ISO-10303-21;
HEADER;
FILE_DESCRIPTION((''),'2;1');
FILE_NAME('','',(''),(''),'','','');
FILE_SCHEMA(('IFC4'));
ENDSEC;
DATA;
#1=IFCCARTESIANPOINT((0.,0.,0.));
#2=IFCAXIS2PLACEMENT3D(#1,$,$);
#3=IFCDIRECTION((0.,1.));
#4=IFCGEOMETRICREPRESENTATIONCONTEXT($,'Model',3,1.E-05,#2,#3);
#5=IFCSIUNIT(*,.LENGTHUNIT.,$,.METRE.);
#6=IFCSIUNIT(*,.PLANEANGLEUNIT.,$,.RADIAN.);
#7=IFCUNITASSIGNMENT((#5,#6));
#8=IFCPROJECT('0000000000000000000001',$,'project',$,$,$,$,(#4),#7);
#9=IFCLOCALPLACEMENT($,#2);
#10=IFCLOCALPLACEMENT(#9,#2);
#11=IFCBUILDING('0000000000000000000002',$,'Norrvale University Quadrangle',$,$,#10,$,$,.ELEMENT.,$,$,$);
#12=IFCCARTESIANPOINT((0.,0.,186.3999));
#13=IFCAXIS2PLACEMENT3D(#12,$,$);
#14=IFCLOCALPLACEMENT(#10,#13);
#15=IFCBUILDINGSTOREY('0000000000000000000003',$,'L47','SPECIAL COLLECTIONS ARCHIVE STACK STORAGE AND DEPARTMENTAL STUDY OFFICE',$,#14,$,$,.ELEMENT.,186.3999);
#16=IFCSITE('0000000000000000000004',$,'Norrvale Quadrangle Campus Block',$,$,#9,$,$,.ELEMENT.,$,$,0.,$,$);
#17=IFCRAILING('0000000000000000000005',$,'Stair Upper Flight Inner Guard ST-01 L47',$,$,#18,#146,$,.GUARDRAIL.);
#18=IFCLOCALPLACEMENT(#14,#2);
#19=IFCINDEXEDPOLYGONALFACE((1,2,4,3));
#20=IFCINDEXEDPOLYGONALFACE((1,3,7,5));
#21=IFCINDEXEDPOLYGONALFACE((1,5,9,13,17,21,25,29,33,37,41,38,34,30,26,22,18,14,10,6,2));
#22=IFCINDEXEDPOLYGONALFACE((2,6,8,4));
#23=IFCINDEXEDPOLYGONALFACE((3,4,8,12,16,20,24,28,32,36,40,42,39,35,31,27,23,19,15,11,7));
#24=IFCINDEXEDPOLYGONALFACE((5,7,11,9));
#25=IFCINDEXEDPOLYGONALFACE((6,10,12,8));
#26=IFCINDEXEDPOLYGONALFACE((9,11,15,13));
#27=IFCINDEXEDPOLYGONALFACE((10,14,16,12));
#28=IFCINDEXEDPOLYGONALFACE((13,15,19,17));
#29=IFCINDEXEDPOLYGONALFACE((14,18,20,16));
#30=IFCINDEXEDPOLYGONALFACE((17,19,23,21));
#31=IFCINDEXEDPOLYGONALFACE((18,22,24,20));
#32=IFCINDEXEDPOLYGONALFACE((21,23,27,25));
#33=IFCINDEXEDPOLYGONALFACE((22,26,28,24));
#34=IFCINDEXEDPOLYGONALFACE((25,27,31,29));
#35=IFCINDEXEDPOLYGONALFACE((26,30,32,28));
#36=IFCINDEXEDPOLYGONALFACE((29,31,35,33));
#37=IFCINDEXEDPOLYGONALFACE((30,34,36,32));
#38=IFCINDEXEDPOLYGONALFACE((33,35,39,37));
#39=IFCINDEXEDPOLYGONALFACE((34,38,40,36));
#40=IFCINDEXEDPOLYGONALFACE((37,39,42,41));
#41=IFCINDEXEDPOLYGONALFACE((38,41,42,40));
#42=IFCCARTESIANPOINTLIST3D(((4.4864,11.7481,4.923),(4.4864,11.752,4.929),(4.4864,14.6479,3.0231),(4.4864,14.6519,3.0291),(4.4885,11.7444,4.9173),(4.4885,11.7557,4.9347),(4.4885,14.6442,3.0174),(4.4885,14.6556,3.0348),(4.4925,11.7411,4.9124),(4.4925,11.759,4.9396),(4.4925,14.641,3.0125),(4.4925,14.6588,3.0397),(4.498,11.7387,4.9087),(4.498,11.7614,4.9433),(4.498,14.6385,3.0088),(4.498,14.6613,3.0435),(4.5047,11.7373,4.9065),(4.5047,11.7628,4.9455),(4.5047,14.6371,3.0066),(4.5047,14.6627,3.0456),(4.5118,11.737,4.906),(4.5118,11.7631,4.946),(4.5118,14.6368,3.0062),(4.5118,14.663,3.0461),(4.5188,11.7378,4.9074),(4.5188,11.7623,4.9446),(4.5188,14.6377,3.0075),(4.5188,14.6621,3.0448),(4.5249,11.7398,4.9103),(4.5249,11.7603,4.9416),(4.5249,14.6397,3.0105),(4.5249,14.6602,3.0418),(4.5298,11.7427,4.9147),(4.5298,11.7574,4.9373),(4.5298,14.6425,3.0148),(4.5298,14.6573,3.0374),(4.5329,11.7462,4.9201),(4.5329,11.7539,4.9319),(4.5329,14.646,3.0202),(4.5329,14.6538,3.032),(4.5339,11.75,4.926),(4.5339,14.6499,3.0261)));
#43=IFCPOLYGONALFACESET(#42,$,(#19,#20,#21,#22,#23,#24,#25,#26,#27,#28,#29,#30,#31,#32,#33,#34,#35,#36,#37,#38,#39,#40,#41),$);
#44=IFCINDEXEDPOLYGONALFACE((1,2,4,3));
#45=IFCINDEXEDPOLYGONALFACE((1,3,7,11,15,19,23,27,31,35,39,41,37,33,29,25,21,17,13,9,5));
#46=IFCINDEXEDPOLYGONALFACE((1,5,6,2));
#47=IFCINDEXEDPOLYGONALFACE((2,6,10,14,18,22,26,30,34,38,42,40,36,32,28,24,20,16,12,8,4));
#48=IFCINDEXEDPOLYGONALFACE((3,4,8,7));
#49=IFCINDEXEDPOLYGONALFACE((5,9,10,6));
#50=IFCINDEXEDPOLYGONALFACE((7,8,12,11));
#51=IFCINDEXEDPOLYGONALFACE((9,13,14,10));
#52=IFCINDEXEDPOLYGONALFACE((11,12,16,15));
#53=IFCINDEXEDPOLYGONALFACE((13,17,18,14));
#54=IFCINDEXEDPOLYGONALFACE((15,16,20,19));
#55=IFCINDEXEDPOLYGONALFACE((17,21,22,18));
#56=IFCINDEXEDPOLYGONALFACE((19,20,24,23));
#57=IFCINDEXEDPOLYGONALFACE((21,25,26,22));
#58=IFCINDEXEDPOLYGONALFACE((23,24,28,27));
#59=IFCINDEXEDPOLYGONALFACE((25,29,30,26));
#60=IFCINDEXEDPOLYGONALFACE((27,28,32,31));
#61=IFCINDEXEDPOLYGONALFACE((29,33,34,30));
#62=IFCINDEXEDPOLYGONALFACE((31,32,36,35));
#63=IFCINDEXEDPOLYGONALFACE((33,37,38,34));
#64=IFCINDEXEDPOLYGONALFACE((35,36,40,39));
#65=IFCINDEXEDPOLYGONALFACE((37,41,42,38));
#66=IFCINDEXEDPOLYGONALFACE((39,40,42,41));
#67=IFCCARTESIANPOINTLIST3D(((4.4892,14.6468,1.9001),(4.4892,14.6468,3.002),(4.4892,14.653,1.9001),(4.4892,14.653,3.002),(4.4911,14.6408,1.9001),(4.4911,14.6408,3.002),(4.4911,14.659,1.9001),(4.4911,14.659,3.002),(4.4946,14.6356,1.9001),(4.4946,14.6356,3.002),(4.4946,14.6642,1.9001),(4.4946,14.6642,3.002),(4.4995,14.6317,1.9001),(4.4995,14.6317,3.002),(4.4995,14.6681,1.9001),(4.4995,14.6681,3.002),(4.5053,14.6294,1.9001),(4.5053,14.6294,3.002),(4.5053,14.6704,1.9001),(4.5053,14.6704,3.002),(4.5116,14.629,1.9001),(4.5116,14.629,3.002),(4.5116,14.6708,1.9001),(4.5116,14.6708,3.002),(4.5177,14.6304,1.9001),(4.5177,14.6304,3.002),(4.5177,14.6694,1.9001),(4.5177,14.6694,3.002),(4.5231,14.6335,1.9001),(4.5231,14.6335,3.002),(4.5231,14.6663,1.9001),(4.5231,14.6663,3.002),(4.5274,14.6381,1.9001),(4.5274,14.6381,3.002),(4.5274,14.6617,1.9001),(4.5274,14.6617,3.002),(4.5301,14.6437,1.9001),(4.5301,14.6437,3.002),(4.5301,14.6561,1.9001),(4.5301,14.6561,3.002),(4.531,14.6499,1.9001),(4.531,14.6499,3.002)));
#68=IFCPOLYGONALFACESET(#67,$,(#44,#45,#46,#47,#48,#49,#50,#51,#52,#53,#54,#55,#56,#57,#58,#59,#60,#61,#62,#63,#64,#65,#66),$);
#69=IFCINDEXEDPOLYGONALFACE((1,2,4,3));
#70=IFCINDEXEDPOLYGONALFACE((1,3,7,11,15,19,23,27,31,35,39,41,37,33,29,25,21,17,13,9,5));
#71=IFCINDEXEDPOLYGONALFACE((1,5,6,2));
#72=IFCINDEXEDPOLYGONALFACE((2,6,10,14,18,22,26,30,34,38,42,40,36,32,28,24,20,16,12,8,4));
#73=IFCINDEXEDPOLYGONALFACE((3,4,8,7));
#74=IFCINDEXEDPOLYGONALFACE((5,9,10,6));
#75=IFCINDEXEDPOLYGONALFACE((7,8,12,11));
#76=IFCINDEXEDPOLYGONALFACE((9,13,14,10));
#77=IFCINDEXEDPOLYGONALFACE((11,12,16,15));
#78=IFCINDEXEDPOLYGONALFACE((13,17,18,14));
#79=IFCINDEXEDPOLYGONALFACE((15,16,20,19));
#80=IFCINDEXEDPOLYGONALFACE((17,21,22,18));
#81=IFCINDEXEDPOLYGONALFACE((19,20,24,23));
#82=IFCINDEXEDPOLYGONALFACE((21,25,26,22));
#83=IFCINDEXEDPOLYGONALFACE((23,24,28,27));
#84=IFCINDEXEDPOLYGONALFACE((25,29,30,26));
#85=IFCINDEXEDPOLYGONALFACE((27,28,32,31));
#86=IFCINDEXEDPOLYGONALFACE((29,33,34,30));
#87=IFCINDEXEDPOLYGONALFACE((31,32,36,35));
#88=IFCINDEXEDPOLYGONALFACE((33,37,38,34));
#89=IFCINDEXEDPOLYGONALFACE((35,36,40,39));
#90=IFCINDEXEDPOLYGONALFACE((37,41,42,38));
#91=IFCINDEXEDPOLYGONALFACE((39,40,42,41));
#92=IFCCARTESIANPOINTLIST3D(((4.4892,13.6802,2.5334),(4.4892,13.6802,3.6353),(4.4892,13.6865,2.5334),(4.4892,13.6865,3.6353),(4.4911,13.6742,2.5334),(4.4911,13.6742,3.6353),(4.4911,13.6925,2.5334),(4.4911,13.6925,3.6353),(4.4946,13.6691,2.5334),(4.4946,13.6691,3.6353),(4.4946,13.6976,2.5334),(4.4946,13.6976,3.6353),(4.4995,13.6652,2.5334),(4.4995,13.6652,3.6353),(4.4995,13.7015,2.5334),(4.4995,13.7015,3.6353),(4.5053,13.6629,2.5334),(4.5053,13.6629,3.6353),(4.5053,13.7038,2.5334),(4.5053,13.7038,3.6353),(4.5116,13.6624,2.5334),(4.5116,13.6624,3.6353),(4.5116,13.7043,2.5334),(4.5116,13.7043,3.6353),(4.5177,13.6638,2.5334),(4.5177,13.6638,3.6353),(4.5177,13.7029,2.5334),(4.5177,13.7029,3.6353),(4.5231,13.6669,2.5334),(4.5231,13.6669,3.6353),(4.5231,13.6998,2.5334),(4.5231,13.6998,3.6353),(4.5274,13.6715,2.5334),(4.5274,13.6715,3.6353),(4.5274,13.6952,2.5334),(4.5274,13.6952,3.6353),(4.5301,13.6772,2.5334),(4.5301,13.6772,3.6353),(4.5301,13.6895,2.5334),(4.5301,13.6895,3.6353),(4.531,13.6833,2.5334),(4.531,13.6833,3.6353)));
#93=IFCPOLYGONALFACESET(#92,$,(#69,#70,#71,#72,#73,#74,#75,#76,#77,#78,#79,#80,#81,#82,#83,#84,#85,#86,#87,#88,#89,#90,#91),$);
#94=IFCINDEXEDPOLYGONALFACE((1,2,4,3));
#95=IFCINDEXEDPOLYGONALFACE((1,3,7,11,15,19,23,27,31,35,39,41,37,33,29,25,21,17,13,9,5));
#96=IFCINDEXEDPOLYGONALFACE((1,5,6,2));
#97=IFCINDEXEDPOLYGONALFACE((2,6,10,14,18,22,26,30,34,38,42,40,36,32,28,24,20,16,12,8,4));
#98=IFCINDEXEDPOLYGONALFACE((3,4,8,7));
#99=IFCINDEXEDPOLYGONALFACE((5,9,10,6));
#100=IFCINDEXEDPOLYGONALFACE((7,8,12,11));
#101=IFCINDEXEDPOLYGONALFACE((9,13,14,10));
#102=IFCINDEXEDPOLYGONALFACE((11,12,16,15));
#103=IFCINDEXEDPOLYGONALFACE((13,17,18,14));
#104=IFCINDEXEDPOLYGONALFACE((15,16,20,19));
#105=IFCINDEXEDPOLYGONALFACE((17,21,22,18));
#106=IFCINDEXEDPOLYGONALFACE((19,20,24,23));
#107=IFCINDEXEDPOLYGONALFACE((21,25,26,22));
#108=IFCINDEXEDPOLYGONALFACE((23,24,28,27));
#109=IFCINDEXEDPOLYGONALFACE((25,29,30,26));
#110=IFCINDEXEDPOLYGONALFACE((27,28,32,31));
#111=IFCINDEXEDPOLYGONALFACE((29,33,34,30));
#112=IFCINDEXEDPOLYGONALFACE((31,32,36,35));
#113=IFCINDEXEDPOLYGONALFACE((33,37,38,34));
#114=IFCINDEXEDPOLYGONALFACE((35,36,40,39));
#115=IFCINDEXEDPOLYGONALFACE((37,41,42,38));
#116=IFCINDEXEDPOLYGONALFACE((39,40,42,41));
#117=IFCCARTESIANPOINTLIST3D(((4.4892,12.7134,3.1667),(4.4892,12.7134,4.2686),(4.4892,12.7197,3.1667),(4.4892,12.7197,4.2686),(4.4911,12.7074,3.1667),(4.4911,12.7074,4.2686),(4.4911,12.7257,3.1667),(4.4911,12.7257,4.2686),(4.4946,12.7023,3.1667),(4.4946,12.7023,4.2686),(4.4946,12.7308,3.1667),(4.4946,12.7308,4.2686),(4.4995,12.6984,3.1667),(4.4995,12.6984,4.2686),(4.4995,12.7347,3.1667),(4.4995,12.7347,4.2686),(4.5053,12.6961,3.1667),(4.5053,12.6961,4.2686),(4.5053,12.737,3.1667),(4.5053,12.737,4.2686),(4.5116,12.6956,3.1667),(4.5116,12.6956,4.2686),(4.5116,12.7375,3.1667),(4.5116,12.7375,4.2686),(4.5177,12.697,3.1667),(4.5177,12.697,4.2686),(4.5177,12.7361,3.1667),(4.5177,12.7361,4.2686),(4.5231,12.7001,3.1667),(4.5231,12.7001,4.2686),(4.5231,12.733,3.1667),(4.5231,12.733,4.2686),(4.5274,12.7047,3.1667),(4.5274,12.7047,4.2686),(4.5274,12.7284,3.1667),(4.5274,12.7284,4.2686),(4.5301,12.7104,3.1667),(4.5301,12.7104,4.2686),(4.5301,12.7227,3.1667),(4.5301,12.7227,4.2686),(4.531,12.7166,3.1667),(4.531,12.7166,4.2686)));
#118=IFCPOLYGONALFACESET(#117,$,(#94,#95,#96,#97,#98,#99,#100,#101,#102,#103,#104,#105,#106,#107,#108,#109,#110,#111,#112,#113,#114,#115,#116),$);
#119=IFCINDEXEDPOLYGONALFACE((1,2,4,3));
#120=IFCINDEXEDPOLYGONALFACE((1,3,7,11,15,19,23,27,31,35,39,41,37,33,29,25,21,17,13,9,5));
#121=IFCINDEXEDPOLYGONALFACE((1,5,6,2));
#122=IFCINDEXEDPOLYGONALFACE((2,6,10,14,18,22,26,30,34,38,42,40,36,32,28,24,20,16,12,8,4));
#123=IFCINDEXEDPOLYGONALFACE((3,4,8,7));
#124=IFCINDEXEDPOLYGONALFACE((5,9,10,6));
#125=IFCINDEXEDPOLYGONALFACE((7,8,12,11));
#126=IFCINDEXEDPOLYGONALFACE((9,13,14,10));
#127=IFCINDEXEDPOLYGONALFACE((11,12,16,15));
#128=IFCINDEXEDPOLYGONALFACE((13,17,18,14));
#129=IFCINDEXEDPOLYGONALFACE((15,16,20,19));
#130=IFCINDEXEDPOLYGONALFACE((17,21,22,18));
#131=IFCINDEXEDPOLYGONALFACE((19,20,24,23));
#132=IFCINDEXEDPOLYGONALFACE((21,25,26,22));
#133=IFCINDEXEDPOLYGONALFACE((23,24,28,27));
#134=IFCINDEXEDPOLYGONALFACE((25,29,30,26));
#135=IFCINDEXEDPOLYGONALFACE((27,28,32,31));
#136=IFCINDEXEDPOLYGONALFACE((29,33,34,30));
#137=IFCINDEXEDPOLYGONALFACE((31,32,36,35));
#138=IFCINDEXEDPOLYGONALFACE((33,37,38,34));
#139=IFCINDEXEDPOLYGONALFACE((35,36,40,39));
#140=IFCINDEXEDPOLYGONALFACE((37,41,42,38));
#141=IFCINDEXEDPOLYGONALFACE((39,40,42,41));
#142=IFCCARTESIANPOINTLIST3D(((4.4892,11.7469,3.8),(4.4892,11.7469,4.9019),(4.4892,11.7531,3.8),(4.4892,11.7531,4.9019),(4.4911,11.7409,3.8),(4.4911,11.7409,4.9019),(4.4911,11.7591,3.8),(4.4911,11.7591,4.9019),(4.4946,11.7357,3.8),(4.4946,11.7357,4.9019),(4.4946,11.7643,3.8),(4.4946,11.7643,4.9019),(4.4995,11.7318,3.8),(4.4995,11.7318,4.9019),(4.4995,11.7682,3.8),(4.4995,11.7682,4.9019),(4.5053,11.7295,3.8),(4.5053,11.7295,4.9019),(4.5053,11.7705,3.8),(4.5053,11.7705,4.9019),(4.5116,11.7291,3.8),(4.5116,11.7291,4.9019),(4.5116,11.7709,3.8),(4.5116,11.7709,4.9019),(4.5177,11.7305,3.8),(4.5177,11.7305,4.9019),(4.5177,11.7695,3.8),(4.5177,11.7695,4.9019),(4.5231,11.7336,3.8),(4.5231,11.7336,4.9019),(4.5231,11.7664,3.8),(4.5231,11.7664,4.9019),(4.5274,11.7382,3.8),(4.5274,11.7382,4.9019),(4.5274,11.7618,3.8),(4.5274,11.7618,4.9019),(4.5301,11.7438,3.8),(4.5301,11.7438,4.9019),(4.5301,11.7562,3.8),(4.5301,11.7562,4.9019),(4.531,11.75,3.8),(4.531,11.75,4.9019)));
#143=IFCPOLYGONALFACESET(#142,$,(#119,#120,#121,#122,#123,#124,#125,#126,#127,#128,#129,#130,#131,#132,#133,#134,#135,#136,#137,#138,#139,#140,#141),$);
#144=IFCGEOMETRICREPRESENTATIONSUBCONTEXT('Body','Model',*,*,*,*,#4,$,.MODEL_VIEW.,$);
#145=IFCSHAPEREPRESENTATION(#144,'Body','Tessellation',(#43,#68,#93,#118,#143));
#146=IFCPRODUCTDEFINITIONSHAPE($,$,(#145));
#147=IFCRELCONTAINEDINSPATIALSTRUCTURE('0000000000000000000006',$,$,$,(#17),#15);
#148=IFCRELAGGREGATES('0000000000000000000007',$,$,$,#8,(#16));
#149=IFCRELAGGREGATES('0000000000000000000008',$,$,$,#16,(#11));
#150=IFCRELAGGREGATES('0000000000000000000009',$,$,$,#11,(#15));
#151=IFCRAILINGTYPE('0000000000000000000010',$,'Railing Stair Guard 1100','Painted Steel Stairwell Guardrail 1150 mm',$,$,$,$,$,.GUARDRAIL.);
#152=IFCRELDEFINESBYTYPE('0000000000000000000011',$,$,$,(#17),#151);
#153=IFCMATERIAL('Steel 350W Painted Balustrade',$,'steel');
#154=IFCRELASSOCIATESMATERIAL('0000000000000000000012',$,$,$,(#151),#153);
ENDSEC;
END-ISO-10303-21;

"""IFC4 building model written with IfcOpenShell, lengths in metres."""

from ifc_helpers import new_model, si_unit, direction, frame, origin, origin_2d, place, context, subcontext, project, spatial, circle, extrude, material, type_object, element, save


model = new_model("IFC4")

# Units and contexts
model_context = context("Model", 3, precision=1e-05, world=origin(), true_north=direction((0.0, 1.0)))
body_context = subcontext(model_context, "Body", "Model", "MODEL_VIEW")
ifc_project = project(units=[si_unit("LENGTHUNIT", "METRE"), si_unit("PLANEANGLEUNIT", "RADIAN")], contexts=[model_context])

# Site, building, storey
site_placement = place(None, origin())
site = spatial("IfcSite", under=ifc_project, at=site_placement, Name="Norrvale Quadrangle Campus Block", CompositionType="ELEMENT", RefElevation=0.0)
building_placement = place(site_placement, origin())
building = spatial("IfcBuilding", under=site, at=building_placement, Name="Norrvale University Quadrangle", CompositionType="ELEMENT")
storey_placement = place(building_placement, frame((0.0, 0.0, 186.3999)))
storey = spatial("IfcBuildingStorey", under=building, at=storey_placement, Name="L47", Description="SPECIAL COLLECTIONS ARCHIVE STACK STORAGE AND DEPARTMENTAL STUDY OFFICE", CompositionType="ELEMENT", Elevation=186.3999)

# Railing
ifc_material_1 = material(Name="Steel 350W Painted Balustrade", Category="steel")
railing_type_1 = type_object("IfcRailingType", Name="Railing Stair Guard 1100", Description="Painted Steel Stairwell Guardrail 1150 mm", PredefinedType="GUARDRAIL", material=ifc_material_1)
railing_1_placement = place(storey_placement, frame((4.51, 14.6499, 1.9001)))
element("IfcRailing", 1, at=railing_1_placement, inside=storey, type_object=railing_type_1, Name="Stair Upper Flight Inner Guard ST-01 L47", PredefinedType="GUARDRAIL", context=body_context, shape_type="SweptSolid", body=[
    extrude(circle(Radius=0.0239, at=origin_2d()), frame((0.0, 0.0, 1.126), z_axis=(0.0, -0.836466, 0.548019), x_axis=(1.0, 0.0, 0.0)), (0.0, 0.0, 1.0), 3.4668),
    extrude(circle(Radius=0.021, at=origin_2d()), origin(), (0.0, 0.0, 1.0), 1.1018),
    extrude(circle(Radius=0.021, at=origin_2d()), frame((0.0, -0.9666, 0.6333)), (0.0, 0.0, 1.0), 1.1018),
    extrude(circle(Radius=0.021, at=origin_2d()), frame((0.0, -1.9333, 1.2666)), (0.0, 0.0, 1.0), 1.1018),
    extrude(circle(Radius=0.021, at=origin_2d()), frame((0.0, -2.8999, 1.8999)), (0.0, 0.0, 1.0), 1.1018),
])

save(model, "model.ifc")
